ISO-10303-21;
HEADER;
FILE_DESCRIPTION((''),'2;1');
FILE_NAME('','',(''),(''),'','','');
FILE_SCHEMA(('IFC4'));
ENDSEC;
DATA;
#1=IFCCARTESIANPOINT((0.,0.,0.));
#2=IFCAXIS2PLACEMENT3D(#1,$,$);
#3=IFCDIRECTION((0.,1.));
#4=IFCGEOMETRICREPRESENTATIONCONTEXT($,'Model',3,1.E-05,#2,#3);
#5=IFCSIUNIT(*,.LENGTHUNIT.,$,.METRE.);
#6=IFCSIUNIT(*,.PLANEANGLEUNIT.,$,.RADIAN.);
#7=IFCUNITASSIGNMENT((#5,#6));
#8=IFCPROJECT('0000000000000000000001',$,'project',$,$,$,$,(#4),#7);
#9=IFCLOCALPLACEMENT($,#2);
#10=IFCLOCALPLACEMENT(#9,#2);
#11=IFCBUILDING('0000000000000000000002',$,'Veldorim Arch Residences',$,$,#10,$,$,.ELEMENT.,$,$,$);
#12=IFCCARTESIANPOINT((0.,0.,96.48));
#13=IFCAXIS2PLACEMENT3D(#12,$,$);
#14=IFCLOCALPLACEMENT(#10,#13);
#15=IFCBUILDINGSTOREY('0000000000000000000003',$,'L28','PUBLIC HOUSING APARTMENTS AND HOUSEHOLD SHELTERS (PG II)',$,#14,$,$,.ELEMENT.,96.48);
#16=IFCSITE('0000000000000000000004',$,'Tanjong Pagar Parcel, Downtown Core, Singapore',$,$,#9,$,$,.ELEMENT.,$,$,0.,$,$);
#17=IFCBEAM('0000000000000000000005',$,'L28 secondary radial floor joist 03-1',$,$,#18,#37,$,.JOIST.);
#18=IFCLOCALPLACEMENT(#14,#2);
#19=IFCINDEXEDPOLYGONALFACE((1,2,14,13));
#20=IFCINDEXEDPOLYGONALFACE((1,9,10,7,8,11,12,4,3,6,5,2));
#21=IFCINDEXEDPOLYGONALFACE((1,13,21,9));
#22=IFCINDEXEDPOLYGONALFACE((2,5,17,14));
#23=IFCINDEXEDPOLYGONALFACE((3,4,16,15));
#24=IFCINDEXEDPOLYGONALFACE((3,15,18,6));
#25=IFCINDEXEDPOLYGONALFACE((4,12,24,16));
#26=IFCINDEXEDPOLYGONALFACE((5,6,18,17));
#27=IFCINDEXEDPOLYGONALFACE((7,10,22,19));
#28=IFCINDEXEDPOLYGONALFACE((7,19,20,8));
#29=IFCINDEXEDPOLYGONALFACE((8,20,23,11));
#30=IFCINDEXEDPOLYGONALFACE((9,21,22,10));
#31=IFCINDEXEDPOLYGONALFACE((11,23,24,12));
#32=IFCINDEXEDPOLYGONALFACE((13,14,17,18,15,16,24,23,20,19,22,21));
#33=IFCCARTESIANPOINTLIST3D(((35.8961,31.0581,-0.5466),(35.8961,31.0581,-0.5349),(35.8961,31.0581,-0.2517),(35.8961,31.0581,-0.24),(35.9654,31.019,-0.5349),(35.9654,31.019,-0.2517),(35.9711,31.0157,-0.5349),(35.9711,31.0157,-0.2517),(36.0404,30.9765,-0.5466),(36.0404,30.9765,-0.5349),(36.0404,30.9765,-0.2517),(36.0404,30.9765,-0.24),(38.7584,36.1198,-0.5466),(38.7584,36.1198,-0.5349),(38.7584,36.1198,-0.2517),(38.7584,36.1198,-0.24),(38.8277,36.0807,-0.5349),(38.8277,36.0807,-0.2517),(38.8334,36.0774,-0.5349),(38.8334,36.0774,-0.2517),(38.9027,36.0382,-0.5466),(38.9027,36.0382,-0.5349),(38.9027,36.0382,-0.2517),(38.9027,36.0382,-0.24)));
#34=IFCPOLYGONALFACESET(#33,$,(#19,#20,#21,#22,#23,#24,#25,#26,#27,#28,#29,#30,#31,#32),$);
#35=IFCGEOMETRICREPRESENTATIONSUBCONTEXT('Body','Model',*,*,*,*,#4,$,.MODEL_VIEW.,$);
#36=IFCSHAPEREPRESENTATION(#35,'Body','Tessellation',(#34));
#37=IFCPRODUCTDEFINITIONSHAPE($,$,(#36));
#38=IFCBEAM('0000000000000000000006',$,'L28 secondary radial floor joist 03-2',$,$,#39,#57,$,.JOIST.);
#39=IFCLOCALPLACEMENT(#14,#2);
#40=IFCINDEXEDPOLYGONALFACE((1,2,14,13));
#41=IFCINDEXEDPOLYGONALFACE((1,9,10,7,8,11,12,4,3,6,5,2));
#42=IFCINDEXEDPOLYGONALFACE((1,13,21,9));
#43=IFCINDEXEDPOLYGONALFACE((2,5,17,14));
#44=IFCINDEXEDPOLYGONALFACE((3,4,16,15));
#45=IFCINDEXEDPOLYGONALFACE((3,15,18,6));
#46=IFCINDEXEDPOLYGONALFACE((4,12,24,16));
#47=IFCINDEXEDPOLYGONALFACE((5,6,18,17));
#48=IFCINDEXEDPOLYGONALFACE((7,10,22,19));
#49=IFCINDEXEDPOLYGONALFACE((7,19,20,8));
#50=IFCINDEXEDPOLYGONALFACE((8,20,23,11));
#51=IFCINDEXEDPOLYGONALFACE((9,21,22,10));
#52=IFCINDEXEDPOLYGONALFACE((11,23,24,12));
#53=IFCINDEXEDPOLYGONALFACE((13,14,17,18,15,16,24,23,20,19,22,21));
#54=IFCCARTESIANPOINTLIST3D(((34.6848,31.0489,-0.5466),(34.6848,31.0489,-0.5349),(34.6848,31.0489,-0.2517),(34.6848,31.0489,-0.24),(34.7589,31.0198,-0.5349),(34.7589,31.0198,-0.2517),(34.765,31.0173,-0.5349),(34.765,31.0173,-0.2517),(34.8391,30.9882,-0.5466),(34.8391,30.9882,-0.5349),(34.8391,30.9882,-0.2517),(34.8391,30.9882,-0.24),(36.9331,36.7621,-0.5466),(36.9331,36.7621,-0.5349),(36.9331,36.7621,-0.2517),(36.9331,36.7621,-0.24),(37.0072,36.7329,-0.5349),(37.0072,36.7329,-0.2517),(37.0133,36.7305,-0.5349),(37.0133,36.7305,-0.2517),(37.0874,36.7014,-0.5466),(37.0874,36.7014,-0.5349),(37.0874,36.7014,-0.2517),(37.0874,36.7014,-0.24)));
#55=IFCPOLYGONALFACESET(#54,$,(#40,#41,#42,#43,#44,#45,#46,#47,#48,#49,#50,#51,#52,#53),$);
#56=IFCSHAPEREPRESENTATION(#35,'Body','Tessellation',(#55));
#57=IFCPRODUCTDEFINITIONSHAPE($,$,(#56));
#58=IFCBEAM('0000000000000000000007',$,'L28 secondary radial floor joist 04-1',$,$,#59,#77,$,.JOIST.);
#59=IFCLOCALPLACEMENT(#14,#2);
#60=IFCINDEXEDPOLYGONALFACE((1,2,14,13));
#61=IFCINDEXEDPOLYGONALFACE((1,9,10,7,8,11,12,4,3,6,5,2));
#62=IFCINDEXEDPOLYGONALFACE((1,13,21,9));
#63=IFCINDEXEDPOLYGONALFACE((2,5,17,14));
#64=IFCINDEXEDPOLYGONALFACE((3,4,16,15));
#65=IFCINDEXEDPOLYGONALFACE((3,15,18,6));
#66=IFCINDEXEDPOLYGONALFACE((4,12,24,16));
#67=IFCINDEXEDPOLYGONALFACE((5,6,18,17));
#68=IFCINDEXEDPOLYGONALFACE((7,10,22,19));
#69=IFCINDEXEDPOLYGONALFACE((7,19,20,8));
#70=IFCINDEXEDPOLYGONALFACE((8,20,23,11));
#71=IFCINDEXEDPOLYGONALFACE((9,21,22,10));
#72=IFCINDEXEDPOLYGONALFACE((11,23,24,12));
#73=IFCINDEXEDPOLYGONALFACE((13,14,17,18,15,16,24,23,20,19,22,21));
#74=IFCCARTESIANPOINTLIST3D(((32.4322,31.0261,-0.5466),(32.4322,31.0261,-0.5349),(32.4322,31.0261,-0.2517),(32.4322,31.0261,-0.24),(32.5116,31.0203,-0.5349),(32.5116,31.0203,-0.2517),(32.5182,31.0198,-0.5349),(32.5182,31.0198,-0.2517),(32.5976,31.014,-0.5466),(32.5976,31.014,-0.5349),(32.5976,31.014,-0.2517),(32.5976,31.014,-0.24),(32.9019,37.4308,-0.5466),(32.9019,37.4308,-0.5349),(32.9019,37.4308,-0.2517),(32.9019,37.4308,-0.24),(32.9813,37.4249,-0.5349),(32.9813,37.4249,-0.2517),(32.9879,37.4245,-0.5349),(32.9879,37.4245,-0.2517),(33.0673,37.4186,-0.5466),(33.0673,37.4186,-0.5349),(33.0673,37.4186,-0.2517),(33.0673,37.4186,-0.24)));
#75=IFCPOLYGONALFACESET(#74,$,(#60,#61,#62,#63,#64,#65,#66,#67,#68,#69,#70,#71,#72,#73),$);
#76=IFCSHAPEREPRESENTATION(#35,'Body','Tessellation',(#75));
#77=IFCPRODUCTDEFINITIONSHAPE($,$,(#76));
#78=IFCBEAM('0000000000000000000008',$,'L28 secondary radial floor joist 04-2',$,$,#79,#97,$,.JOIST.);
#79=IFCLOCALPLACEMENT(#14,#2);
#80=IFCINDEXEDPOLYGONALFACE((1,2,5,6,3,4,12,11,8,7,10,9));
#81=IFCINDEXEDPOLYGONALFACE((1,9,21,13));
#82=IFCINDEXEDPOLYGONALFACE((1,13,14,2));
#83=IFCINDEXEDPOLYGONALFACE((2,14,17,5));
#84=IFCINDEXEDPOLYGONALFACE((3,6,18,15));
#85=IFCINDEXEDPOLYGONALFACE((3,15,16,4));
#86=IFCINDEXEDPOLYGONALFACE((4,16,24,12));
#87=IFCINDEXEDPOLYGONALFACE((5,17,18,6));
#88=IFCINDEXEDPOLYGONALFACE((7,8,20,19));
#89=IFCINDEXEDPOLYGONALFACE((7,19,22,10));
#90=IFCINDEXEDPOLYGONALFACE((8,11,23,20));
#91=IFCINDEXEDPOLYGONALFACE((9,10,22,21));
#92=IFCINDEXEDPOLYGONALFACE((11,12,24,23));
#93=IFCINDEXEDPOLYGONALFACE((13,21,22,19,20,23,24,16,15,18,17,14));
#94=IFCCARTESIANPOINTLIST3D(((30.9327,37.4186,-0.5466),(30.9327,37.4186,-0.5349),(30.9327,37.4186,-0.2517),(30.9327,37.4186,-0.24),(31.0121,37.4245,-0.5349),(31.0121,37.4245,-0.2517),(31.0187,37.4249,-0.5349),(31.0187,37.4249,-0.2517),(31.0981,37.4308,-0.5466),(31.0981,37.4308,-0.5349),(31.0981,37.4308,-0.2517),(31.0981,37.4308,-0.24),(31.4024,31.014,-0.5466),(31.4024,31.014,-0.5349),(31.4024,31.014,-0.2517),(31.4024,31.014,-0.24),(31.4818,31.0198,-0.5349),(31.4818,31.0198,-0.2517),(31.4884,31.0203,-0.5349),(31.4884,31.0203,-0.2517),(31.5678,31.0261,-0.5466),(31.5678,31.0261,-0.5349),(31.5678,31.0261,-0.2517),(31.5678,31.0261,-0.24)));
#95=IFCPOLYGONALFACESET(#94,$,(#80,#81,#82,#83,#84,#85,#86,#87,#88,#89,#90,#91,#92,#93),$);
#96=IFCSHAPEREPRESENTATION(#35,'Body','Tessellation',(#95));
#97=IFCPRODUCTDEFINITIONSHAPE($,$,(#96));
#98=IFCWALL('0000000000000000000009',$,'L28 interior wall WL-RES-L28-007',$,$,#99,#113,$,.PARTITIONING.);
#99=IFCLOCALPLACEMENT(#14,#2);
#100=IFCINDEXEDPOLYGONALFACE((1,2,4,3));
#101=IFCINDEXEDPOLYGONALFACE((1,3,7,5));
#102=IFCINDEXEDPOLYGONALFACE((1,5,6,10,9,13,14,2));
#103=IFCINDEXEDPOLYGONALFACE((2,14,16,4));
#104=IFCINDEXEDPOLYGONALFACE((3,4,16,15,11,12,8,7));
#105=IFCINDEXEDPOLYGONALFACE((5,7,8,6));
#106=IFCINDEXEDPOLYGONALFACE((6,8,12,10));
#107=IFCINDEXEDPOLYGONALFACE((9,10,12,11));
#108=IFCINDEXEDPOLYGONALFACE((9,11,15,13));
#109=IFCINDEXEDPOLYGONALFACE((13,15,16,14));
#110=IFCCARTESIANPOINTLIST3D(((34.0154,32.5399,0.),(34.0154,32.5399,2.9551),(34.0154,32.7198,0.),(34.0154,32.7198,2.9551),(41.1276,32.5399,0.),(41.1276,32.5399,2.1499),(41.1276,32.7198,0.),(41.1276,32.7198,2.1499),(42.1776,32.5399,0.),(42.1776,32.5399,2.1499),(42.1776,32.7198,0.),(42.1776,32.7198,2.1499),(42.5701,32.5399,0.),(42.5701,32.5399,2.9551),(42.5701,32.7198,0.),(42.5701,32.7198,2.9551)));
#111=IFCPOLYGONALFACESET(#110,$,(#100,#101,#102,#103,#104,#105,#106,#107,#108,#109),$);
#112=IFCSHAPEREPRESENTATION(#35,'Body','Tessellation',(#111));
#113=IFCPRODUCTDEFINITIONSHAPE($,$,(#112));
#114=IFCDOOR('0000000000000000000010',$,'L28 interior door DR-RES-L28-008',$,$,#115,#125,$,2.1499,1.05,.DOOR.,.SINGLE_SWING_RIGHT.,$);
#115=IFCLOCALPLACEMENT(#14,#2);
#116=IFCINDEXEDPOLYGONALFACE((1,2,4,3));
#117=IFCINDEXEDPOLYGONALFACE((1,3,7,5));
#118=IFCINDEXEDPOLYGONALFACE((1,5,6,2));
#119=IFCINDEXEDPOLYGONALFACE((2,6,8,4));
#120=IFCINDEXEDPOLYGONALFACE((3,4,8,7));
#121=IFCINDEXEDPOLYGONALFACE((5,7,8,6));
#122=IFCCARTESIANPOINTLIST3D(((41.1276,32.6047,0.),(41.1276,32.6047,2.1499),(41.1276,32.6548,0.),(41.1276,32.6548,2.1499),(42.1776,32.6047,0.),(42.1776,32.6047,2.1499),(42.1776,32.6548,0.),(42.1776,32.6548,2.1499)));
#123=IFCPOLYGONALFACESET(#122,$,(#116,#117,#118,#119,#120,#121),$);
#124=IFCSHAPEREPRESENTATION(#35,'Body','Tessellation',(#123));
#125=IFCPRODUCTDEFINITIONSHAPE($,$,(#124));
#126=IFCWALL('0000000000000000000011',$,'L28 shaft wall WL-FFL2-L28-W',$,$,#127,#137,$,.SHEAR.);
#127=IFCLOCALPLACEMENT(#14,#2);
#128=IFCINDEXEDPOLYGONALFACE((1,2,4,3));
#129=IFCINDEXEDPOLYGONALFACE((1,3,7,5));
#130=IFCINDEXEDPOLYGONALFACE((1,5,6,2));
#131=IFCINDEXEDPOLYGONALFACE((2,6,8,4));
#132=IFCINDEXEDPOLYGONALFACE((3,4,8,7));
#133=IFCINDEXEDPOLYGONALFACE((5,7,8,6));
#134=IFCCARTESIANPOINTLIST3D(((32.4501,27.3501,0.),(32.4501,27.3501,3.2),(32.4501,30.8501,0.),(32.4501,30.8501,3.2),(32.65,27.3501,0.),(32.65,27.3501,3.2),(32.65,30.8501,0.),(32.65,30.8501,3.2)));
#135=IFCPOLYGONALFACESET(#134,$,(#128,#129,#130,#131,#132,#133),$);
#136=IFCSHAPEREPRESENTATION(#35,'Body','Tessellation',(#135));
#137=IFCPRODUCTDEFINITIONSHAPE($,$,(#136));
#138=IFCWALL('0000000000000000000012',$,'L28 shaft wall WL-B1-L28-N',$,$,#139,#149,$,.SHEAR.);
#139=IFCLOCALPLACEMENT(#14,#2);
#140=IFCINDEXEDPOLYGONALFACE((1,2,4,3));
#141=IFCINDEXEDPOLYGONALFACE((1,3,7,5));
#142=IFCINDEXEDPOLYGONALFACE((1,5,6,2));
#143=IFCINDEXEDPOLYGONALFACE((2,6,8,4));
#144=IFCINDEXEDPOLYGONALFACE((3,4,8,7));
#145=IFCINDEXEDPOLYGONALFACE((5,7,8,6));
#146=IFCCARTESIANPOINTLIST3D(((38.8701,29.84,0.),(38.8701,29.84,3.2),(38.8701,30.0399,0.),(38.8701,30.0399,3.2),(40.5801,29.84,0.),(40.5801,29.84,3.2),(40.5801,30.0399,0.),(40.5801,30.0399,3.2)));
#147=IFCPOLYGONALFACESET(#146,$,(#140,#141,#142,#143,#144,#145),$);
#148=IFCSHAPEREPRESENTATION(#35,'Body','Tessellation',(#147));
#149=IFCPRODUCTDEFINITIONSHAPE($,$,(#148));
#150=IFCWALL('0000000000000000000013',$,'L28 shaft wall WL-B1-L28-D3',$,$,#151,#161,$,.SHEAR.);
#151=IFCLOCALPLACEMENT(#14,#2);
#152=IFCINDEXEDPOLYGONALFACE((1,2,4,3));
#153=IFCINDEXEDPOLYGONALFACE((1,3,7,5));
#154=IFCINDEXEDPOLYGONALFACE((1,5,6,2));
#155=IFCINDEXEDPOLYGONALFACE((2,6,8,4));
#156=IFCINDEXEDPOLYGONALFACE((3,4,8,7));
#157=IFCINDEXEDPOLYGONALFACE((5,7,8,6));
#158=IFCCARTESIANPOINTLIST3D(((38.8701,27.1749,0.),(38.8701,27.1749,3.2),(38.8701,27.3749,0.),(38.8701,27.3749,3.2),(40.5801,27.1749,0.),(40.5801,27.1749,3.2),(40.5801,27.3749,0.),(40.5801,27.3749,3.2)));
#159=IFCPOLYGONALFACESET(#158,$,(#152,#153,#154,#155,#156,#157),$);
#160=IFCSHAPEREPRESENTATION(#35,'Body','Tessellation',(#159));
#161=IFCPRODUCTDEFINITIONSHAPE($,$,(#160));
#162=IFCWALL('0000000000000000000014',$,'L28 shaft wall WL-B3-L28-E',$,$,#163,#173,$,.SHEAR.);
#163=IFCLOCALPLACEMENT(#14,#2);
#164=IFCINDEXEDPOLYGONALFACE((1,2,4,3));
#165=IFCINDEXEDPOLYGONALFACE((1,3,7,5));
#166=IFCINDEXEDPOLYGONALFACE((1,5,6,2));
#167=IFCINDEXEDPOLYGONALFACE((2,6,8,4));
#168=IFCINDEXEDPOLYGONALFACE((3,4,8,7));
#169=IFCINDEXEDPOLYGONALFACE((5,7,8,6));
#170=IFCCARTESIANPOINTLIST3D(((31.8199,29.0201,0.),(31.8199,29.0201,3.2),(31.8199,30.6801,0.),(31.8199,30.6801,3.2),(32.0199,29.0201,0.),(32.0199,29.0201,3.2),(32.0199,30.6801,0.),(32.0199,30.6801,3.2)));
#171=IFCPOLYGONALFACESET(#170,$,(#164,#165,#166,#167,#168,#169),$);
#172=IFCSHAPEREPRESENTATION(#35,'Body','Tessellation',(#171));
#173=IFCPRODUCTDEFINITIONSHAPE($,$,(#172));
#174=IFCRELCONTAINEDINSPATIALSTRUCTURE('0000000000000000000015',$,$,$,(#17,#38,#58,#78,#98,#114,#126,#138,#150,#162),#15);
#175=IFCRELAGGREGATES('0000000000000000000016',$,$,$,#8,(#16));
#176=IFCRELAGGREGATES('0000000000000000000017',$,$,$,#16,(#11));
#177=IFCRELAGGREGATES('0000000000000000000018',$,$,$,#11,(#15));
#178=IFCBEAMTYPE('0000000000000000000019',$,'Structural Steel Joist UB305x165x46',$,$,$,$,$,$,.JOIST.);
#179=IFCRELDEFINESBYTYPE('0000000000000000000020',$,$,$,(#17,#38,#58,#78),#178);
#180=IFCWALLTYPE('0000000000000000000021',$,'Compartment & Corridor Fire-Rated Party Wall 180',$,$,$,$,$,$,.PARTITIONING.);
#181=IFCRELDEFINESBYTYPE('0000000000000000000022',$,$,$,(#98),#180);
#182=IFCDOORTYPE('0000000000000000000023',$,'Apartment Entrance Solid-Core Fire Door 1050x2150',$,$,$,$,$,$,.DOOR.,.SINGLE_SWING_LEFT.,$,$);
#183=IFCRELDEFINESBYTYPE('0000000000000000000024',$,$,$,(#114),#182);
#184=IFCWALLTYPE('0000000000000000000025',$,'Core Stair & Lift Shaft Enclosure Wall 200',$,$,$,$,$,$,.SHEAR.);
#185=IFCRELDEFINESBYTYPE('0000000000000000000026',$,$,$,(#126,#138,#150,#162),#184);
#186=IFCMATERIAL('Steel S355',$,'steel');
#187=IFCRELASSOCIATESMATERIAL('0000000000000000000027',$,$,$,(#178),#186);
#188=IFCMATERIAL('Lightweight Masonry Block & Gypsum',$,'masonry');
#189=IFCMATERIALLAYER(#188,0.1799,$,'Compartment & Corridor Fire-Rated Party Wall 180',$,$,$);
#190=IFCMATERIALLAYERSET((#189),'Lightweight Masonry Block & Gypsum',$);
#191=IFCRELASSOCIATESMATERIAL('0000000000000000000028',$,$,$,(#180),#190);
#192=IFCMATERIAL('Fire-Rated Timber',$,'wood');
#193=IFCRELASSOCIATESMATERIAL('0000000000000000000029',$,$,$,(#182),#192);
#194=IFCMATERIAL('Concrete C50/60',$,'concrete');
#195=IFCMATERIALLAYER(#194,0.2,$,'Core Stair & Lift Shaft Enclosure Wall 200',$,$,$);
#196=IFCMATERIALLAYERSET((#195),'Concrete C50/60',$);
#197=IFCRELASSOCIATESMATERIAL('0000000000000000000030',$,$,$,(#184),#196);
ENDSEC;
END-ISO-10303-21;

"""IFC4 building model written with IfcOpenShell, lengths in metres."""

from ifc_helpers import new_model, si_unit, direction, frame, frame_2d, origin, origin_2d, place, context, subcontext, project, spatial, rectangle, i_section, extrude, material, layer, layer_set, material_profile, profile_set, type_object, element, fill, save


model = new_model("IFC4")

# Units and contexts
model_context = context("Model", 3, precision=1e-05, world=origin(), true_north=direction((0.0, 1.0)))
body_context = subcontext(model_context, "Body", "Model", "MODEL_VIEW")
ifc_project = project(units=[si_unit("LENGTHUNIT", "METRE"), si_unit("PLANEANGLEUNIT", "RADIAN")], contexts=[model_context])

# Site, building, storey
site_placement = place(None, origin())
site = spatial("IfcSite", under=ifc_project, at=site_placement, Name="Tanjong Pagar Parcel, Downtown Core, Singapore", CompositionType="ELEMENT", RefElevation=0.0)
building_placement = place(site_placement, origin())
building = spatial("IfcBuilding", under=site, at=building_placement, Name="Veldorim Arch Residences", CompositionType="ELEMENT")
storey_placement = place(building_placement, frame((0.0, 0.0, 96.48)))
storey = spatial("IfcBuildingStorey", under=building, at=storey_placement, Name="L28", Description="PUBLIC HOUSING APARTMENTS AND HOUSEHOLD SHELTERS (PG II)", CompositionType="ELEMENT", Elevation=96.48)

# Beams
ifc_material_1 = material(Name="Steel S355", Category="steel")
ifc_material_profile_1 = material_profile(ifc_material_1, i_section(OverallWidth=0.1658, OverallDepth=0.3066, WebThickness=0.0066, FlangeThickness=0.0117, at=origin_2d()), Name="UB305x165x46")
ifc_profile_set_1 = profile_set([ifc_material_profile_1], Name="Steel S355")
beam_type_1 = type_object("IfcBeamType", Name="Structural Steel Joist UB305x165x46", PredefinedType="JOIST", material=ifc_profile_set_1)
beam_1_placement = place(storey_placement, frame((35.9683, 31.0173, -0.3933), z_axis=(0.492227, 0.870467, 0.0), x_axis=(-0.870467, 0.492227, 0.0)))
element("IfcBeam", 1, at=beam_1_placement, inside=storey, type_object=beam_type_1, Name="L28 secondary radial floor joist 03-1", PredefinedType="JOIST", context=body_context, shape_type="SweptSolid", body=[
    extrude(i_section(OverallWidth=0.1658, OverallDepth=0.3066, WebThickness=0.0066, FlangeThickness=0.0117, at=origin_2d()), origin(), (0.0, 0.0, 1.0), 5.8149),
])
beam_2_placement = place(storey_placement, frame((34.762, 31.0186, -0.3933), z_axis=(0.366195, 0.930538, 0.0), x_axis=(-0.930538, 0.366195, 0.0)))
element("IfcBeam", 2, at=beam_2_placement, inside=storey, type_object=beam_type_1, Name="L28 secondary radial floor joist 03-2", PredefinedType="JOIST", context=body_context, shape_type="SweptSolid", body=[
    extrude(i_section(OverallWidth=0.1658, OverallDepth=0.3066, WebThickness=0.0066, FlangeThickness=0.0117, at=origin_2d()), origin(), (0.0, 0.0, 1.0), 6.1396),
])
for number, where, z_axis, x_axis, name in (
    (3, (32.5149, 31.02, -0.3933), (0.073143, 0.997321, 0.0), (-0.997321, 0.073143, 0.0), "L28 secondary radial floor joist 04-1"),
    (4, (31.4851, 31.02, -0.3933), (-0.073143, 0.997321, 0.0), (-0.997321, -0.073143, 0.0), "L28 secondary radial floor joist 04-2"),
):
    element("IfcBeam", number, at=place(storey_placement, frame(where, z_axis=z_axis, x_axis=x_axis)), inside=storey, type_object=beam_type_1, Name=name, PredefinedType="JOIST", context=body_context, shape_type="SweptSolid", body=[
        extrude(i_section(OverallWidth=0.1658, OverallDepth=0.3066, WebThickness=0.0066, FlangeThickness=0.0117, at=origin_2d()), origin(), (0.0, 0.0, 1.0), 6.4219),
    ])

# Wall, opening, door
ifc_material_2 = material(Name="Lightweight Masonry Block & Gypsum", Category="masonry")
ifc_layer_1 = layer(ifc_material_2, 0.1799, Name="Compartment & Corridor Fire-Rated Party Wall 180")
ifc_layer_set_1 = layer_set([ifc_layer_1], Name="Lightweight Masonry Block & Gypsum")
wall_type_1 = type_object("IfcWallType", Name="Compartment & Corridor Fire-Rated Party Wall 180", PredefinedType="PARTITIONING", material=ifc_layer_set_1)
wall_1_placement = place(storey_placement, frame((34.0154, 32.6299, 0.0), z_axis=(0.0, 0.0, 1.0), x_axis=(1.0, 0.0, 0.0)))
wall_1 = element("IfcWall", 5, at=wall_1_placement, inside=storey, type_object=wall_type_1, Name="L28 interior wall WL-RES-L28-007", PredefinedType="PARTITIONING", context=body_context, shape_type="SweptSolid", body=[
    extrude(rectangle(XDim=8.5547, YDim=0.1799, at=frame_2d((4.2773, 0.0))), origin(), (0.0, 0.0, 1.0), 2.9551),
])
opening_1_placement = place(wall_1_placement, frame((7.1123, 0.0, 0.0)))
opening_1 = element("IfcOpeningElement", 6, at=opening_1_placement, cuts=wall_1, PredefinedType="OPENING", context=body_context, shape_type="SweptSolid", body=[
    extrude(rectangle(XDim=1.05, YDim=2.1499, at=frame_2d((0.5249, 1.075))), frame((0.0, 0.0999, 0.0), z_axis=(0.0, -1.0, 0.0), x_axis=(1.0, 0.0, 0.0)), (0.0, 0.0, 1.0), 0.2),
])
ifc_material_3 = material(Name="Fire-Rated Timber", Category="wood")
door_type_1 = type_object("IfcDoorType", Name="Apartment Entrance Solid-Core Fire Door 1050x2150", OperationType="SINGLE_SWING_LEFT", PredefinedType="DOOR", material=ifc_material_3)
door_1_placement = place(opening_1_placement, origin())
door_1 = element("IfcDoor", 7, at=door_1_placement, inside=storey, type_object=door_type_1, Name="L28 interior door DR-RES-L28-008", OperationType="SINGLE_SWING_RIGHT", OverallHeight=2.1499, OverallWidth=1.05, PredefinedType="DOOR", context=body_context, shape_type="SweptSolid", body=[
    extrude(rectangle(XDim=1.05, YDim=2.1499, at=frame_2d((0.5249, 1.075))), frame((0.0, 0.0249, 0.0), z_axis=(0.0, -1.0, 0.0), x_axis=(1.0, 0.0, 0.0)), (0.0, 0.0, 1.0), 0.05),
])
fill(opening_1, door_1)
ifc_material_4 = material(Name="Concrete C50/60", Category="concrete")
ifc_layer_2 = layer(ifc_material_4, 0.2, Name="Core Stair & Lift Shaft Enclosure Wall 200")
ifc_layer_set_2 = layer_set([ifc_layer_2], Name="Concrete C50/60")
wall_type_2 = type_object("IfcWallType", Name="Core Stair & Lift Shaft Enclosure Wall 200", PredefinedType="SHEAR", material=ifc_layer_set_2)

# Wall
wall_2_placement = place(storey_placement, frame((32.55, 27.3501, 0.0), z_axis=(0.0, 0.0, 1.0), x_axis=(0.0, 1.0, 0.0)))
element("IfcWall", 8, at=wall_2_placement, inside=storey, type_object=wall_type_2, Name="L28 shaft wall WL-FFL2-L28-W", PredefinedType="SHEAR", context=body_context, shape_type="SweptSolid", body=[
    extrude(rectangle(XDim=3.5, YDim=0.2, at=frame_2d((1.75, 0.0))), origin(), (0.0, 0.0, 1.0), 3.2),
])

# Walls
for number, where, z_axis, x_axis, name in (
    (9, (38.8701, 29.9399, 0.0), (0.0, 0.0, 1.0), (1.0, 0.0, 0.0), "L28 shaft wall WL-B1-L28-N"),
    (10, (38.8701, 27.2749, 0.0), (0.0, 0.0, 1.0), (1.0, 0.0, 0.0), "L28 shaft wall WL-B1-L28-D3"),
):
    element("IfcWall", number, at=place(storey_placement, frame(where, z_axis=z_axis, x_axis=x_axis)), inside=storey, type_object=wall_type_2, Name=name, PredefinedType="SHEAR", context=body_context, shape_type="SweptSolid", body=[
        extrude(rectangle(XDim=1.71, YDim=0.2, at=frame_2d((0.855, 0.0))), origin(), (0.0, 0.0, 1.0), 3.2),
    ])
wall_3_placement = place(storey_placement, frame((31.9199, 29.02, 0.0), z_axis=(0.0, 0.0, 1.0), x_axis=(0.0, 1.0, 0.0)))
element("IfcWall", 11, at=wall_3_placement, inside=storey, type_object=wall_type_2, Name="L28 shaft wall WL-B3-L28-E", PredefinedType="SHEAR", context=body_context, shape_type="SweptSolid", body=[
    extrude(rectangle(XDim=1.6599, YDim=0.2, at=frame_2d((0.8301, 0.0))), origin(), (0.0, 0.0, 1.0), 3.2),
])

save(model, "model.ifc")
